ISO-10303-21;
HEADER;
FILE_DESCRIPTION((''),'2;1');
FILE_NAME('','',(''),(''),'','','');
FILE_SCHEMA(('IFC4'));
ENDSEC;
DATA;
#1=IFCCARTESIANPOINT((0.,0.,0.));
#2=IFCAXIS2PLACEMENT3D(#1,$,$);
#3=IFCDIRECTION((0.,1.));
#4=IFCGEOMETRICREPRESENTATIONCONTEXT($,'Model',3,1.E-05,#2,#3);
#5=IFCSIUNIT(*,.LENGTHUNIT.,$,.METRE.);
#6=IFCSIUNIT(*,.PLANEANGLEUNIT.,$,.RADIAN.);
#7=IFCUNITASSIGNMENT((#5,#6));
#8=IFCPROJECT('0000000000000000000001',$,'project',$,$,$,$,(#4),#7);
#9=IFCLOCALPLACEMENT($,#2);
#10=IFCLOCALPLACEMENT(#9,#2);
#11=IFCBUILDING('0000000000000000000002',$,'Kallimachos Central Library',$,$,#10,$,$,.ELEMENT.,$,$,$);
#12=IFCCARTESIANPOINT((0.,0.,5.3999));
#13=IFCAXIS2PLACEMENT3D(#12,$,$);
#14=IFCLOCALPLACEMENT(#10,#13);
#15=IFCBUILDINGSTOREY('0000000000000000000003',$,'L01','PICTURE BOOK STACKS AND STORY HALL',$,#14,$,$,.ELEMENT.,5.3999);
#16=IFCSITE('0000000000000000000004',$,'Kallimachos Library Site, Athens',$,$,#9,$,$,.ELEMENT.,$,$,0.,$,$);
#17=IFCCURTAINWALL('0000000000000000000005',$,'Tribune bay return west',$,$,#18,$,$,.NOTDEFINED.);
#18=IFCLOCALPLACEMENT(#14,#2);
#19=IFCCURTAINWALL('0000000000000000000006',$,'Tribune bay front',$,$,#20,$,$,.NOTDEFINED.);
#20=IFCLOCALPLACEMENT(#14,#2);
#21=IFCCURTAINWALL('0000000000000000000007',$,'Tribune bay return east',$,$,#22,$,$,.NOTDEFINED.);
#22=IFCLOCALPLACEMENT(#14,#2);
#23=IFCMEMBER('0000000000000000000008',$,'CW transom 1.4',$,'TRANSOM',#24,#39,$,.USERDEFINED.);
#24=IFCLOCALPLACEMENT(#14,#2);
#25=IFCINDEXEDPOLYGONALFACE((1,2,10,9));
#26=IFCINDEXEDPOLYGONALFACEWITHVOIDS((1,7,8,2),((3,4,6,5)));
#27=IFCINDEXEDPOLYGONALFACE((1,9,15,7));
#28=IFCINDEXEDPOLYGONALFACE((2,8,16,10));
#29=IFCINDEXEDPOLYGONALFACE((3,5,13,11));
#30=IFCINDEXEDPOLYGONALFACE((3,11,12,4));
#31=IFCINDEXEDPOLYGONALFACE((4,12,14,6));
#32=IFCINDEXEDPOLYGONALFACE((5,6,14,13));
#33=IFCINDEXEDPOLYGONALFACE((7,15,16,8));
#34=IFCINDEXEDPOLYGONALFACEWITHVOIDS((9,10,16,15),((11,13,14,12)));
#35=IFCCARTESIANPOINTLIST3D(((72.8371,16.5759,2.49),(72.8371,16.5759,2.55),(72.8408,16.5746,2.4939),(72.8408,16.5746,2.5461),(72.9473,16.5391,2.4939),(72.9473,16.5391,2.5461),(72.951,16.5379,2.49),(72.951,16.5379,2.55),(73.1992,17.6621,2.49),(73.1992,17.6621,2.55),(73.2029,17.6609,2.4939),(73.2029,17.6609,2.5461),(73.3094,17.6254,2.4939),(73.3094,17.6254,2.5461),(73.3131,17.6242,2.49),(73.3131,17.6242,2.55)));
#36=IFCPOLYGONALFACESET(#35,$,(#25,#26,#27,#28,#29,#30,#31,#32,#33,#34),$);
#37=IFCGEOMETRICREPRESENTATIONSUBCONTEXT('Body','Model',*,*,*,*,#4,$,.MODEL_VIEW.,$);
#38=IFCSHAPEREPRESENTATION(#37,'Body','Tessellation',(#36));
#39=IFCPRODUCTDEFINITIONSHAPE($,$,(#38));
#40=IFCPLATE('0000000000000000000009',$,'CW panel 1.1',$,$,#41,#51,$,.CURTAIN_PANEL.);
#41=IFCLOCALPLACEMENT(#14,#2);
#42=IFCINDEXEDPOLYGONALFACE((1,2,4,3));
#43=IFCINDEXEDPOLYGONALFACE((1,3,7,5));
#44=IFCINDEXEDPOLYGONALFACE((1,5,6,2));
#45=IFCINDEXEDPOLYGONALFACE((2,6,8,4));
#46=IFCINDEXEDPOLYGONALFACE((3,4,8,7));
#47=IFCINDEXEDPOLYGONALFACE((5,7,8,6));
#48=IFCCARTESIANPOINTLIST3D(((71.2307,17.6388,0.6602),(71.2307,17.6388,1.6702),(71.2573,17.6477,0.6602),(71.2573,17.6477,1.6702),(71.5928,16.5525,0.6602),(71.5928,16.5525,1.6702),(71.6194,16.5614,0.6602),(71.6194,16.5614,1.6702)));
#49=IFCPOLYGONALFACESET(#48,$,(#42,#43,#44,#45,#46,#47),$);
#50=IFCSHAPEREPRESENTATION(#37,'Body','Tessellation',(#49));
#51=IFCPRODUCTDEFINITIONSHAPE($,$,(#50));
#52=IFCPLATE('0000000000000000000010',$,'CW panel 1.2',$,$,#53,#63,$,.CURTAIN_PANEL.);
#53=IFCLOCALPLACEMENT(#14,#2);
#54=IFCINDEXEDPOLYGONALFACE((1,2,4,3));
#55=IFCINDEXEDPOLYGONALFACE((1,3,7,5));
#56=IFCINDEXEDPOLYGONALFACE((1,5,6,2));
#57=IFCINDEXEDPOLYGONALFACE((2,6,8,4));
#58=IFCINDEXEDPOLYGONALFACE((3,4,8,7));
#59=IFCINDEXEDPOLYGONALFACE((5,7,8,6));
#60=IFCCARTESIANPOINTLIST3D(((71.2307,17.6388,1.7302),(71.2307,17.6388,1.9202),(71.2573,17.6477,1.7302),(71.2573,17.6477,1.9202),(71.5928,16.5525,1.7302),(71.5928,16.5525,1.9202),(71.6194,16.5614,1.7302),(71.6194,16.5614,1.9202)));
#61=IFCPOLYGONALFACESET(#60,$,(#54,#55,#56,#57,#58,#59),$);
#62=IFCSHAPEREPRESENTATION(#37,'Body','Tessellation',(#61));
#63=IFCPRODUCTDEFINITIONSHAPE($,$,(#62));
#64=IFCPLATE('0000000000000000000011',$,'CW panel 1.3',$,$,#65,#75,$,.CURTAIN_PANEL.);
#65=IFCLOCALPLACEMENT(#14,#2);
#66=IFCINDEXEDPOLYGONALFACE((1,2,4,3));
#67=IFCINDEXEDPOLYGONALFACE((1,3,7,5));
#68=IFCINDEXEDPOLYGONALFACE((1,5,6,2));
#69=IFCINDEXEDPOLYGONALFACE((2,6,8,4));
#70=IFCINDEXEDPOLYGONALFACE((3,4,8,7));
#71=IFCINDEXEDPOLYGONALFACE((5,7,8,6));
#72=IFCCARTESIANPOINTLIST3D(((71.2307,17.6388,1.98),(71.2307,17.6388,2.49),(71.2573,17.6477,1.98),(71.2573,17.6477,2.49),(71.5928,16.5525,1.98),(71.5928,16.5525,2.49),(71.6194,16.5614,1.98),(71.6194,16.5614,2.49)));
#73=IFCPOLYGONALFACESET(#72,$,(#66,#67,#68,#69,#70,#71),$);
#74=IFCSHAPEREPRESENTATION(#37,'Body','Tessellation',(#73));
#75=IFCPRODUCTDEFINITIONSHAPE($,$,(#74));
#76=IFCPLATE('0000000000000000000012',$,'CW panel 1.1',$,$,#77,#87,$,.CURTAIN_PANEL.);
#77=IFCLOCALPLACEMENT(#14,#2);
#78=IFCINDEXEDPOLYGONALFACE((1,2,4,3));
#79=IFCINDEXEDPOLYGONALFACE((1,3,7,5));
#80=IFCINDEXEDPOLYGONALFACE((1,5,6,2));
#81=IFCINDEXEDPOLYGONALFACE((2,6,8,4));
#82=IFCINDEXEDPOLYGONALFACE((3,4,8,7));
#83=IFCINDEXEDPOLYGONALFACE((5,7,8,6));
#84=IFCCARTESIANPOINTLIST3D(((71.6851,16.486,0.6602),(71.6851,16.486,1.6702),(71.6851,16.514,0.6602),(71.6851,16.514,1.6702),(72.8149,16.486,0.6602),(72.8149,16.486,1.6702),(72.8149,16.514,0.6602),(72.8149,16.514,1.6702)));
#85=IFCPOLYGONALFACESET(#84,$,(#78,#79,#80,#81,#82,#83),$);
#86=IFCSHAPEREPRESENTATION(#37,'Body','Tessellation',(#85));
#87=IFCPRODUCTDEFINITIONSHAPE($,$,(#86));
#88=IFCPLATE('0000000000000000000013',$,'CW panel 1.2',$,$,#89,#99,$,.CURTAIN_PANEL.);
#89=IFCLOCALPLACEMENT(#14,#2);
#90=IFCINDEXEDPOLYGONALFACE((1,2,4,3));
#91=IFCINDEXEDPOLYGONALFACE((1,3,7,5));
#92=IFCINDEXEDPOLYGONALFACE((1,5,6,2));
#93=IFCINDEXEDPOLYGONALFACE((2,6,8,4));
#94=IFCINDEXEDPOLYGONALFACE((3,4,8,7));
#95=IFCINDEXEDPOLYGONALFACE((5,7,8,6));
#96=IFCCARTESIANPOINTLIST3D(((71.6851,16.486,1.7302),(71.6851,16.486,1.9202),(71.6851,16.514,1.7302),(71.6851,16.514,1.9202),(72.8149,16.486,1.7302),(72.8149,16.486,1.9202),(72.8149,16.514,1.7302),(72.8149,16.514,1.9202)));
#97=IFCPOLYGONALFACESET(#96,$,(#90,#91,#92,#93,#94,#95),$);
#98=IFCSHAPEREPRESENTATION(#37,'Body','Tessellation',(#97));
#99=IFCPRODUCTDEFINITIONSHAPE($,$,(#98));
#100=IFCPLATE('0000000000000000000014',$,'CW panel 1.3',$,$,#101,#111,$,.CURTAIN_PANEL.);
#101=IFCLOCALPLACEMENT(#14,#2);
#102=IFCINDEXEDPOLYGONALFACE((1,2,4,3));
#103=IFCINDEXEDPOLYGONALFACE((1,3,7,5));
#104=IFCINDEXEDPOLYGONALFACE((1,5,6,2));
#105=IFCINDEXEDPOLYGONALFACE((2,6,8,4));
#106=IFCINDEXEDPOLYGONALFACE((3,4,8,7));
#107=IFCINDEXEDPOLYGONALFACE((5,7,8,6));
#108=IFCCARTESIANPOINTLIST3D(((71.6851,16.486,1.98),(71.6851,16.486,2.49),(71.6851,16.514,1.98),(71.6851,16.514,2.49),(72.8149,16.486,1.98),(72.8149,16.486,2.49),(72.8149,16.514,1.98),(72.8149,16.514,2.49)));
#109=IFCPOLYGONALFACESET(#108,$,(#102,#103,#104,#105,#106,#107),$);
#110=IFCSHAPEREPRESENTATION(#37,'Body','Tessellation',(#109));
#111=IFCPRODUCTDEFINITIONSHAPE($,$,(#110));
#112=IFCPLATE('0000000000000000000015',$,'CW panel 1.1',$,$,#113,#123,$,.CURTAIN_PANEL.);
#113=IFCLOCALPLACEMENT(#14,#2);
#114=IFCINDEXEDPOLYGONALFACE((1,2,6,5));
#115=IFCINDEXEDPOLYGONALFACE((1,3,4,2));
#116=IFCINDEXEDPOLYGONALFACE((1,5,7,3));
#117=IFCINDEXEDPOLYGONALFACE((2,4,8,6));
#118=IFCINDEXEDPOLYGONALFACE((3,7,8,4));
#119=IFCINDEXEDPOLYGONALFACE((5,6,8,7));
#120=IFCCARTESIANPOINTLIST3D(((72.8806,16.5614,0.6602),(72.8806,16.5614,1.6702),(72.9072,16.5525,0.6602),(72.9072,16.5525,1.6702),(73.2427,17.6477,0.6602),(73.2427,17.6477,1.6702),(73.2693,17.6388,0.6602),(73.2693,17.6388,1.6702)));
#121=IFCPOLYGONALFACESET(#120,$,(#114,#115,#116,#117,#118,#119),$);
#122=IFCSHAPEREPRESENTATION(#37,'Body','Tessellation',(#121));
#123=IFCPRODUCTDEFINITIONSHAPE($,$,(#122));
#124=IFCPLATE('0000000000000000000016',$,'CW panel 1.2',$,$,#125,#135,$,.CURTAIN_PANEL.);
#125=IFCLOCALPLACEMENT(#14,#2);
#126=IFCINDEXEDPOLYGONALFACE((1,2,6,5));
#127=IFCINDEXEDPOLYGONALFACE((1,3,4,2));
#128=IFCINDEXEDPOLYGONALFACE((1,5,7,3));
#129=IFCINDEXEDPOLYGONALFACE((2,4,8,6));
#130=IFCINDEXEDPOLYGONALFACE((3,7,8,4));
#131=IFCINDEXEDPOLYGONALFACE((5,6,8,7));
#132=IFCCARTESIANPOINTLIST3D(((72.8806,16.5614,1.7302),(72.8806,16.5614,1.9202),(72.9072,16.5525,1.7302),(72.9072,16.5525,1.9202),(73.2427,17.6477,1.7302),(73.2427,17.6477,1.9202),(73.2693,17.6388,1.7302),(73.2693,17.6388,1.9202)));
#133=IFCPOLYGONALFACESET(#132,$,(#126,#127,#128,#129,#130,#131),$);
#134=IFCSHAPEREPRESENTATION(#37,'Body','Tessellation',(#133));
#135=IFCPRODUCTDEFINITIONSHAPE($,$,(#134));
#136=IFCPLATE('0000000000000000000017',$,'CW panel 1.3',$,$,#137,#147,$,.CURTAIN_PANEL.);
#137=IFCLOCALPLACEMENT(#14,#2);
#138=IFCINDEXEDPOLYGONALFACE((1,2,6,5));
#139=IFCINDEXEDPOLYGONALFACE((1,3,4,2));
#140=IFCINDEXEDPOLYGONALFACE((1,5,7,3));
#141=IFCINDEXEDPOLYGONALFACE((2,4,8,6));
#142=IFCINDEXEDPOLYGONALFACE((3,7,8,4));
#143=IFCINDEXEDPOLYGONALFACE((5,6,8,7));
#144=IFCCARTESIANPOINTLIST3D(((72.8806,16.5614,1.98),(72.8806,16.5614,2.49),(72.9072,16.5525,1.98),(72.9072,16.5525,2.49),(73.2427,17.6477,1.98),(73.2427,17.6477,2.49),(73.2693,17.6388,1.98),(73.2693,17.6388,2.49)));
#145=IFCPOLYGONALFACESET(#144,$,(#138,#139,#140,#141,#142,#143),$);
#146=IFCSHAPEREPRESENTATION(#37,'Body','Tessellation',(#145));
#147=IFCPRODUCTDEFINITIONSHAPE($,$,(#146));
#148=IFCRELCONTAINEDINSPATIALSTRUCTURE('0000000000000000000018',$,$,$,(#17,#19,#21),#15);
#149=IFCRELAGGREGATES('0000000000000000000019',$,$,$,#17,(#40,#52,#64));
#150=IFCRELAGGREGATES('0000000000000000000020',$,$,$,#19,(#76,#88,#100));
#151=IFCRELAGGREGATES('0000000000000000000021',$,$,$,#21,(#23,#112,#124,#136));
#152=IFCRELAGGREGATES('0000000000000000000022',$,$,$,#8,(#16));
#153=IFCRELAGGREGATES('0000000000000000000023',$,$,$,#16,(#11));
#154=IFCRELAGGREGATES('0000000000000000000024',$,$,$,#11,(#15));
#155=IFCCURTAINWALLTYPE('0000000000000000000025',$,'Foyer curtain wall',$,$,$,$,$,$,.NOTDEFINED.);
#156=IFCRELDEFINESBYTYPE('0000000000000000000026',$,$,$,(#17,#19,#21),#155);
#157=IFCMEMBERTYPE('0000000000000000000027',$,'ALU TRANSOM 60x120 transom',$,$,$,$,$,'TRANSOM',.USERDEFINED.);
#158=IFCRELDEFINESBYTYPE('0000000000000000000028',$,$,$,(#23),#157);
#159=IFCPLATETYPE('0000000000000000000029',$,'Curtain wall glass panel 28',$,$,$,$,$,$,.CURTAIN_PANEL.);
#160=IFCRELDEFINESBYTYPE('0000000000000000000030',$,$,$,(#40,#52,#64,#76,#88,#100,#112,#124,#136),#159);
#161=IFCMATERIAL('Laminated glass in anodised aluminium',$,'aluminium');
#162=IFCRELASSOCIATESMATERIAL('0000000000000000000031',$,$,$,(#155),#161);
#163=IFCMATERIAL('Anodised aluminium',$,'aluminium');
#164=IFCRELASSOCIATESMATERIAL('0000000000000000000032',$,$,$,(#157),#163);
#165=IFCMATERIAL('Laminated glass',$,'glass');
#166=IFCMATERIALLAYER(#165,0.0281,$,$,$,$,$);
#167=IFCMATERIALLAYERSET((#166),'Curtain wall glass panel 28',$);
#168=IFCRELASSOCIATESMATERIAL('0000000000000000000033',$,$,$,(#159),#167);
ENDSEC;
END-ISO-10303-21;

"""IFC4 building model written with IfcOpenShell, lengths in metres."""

from ifc_helpers import new_model, si_unit, direction, frame, origin, origin_2d, place, context, subcontext, project, spatial, rectangle, hollow_rectangle, extrude, material, layer, layer_set, material_profile, profile_set, type_object, element, aggregate, save


model = new_model("IFC4")

# Units and contexts
model_context = context("Model", 3, precision=1e-05, world=origin(), true_north=direction((0.0, 1.0)))
body_context = subcontext(model_context, "Body", "Model", "MODEL_VIEW")
ifc_project = project(units=[si_unit("LENGTHUNIT", "METRE"), si_unit("PLANEANGLEUNIT", "RADIAN")], contexts=[model_context])

# Site, building, storey
site_placement = place(None, origin())
site = spatial("IfcSite", under=ifc_project, at=site_placement, Name="Kallimachos Library Site, Athens", CompositionType="ELEMENT", RefElevation=0.0)
building_placement = place(site_placement, origin())
building = spatial("IfcBuilding", under=site, at=building_placement, Name="Kallimachos Central Library", CompositionType="ELEMENT")
storey_placement = place(building_placement, frame((0.0, 0.0, 5.3999)))
storey = spatial("IfcBuildingStorey", under=building, at=storey_placement, Name="L01", Description="PICTURE BOOK STACKS AND STORY HALL", CompositionType="ELEMENT", Elevation=5.3999)

# Curtain wall
ifc_material_1 = material(Name="Laminated glass in anodised aluminium", Category="aluminium")
curtain_wall_type = type_object("IfcCurtainWallType", Name="Foyer curtain wall", PredefinedType="NOTDEFINED", material=ifc_material_1)
curtain_wall_1_placement = place(storey_placement, origin())
curtain_wall_1 = element("IfcCurtainWall", 1, at=curtain_wall_1_placement, inside=storey, type_object=curtain_wall_type, Name="Tribune bay return west", PredefinedType="NOTDEFINED")

# Curtain wall
curtain_wall_2_placement = place(storey_placement, origin())
curtain_wall_2 = element("IfcCurtainWall", 2, at=curtain_wall_2_placement, inside=storey, type_object=curtain_wall_type, Name="Tribune bay front", PredefinedType="NOTDEFINED")

# Curtain wall
curtain_wall_3_placement = place(storey_placement, origin())
curtain_wall_3 = element("IfcCurtainWall", 3, at=curtain_wall_3_placement, inside=storey, type_object=curtain_wall_type, Name="Tribune bay return east", PredefinedType="NOTDEFINED")

# Member
ifc_material_2 = material(Name="Anodised aluminium", Category="aluminium")
ifc_material_profile_1 = material_profile(ifc_material_2, hollow_rectangle(XDim=0.0601, YDim=0.1201, WallThickness=0.0039, at=origin_2d()), Name="ALU TRANSOM 60x120")
ifc_profile_set_1 = profile_set([ifc_material_profile_1], Name="Anodised aluminium")
member_type_1 = type_object("IfcMemberType", Name="ALU TRANSOM 60x120 transom", ElementType="TRANSOM", PredefinedType="USERDEFINED", material=ifc_profile_set_1)
member_1_placement = place(storey_placement, frame((72.894, 16.5569, 2.52), z_axis=(0.316228, 0.948683, 0.0), x_axis=(0.0, 0.0, 1.0)))
member_1 = element("IfcMember", 4, at=member_1_placement, type_object=member_type_1, Name="CW transom 1.4", ObjectType="TRANSOM", PredefinedType="USERDEFINED", context=body_context, shape_type="SweptSolid", body=[
    extrude(hollow_rectangle(XDim=0.0601, YDim=0.1201, WallThickness=0.0039, at=origin_2d()), origin(), (0.0, 0.0, 1.0), 1.145),
])

# Plates
ifc_material_3 = material(Name="Laminated glass", Category="glass")
ifc_layer = layer(ifc_material_3, 0.0281)
ifc_layer_set = layer_set([ifc_layer], Name="Curtain wall glass panel 28")
plate_type = type_object("IfcPlateType", Name="Curtain wall glass panel 28", PredefinedType="CURTAIN_PANEL", material=ifc_layer_set)
plate_1_placement = place(storey_placement, frame((71.425, 17.1001, 0.6602), z_axis=(0.0, 0.0, 1.0), x_axis=(0.316228, -0.948683, 0.0)))
plate_1 = element("IfcPlate", 5, at=plate_1_placement, type_object=plate_type, Name="CW panel 1.1", PredefinedType="CURTAIN_PANEL", context=body_context, shape_type="SweptSolid", body=[
    extrude(rectangle(XDim=1.145, YDim=0.0281, at=origin_2d()), origin(), (0.0, 0.0, 1.0), 1.01),
])
plate_2_placement = place(storey_placement, frame((71.425, 17.1001, 1.7302), z_axis=(0.0, 0.0, 1.0), x_axis=(0.316228, -0.948683, 0.0)))
plate_2 = element("IfcPlate", 6, at=plate_2_placement, type_object=plate_type, Name="CW panel 1.2", PredefinedType="CURTAIN_PANEL", context=body_context, shape_type="SweptSolid", body=[
    extrude(rectangle(XDim=1.145, YDim=0.0281, at=origin_2d()), origin(), (0.0, 0.0, 1.0), 0.1899),
])
plate_3_placement = place(storey_placement, frame((71.425, 17.1001, 1.98), z_axis=(0.0, 0.0, 1.0), x_axis=(0.316228, -0.948683, 0.0)))
plate_3 = element("IfcPlate", 7, at=plate_3_placement, type_object=plate_type, Name="CW panel 1.3", PredefinedType="CURTAIN_PANEL", context=body_context, shape_type="SweptSolid", body=[
    extrude(rectangle(XDim=1.145, YDim=0.0281, at=origin_2d()), origin(), (0.0, 0.0, 1.0), 0.51),
])
aggregate(curtain_wall_1, [plate_1, plate_2, plate_3])
plate_4_placement = place(storey_placement, frame((72.25, 16.5, 0.6602), z_axis=(0.0, 0.0, 1.0), x_axis=(1.0, 0.0, 0.0)))
plate_4 = element("IfcPlate", 8, at=plate_4_placement, type_object=plate_type, Name="CW panel 1.1", PredefinedType="CURTAIN_PANEL", context=body_context, shape_type="SweptSolid", body=[
    extrude(rectangle(XDim=1.1299, YDim=0.0281, at=origin_2d()), origin(), (0.0, 0.0, 1.0), 1.01),
])
plate_5_placement = place(storey_placement, frame((72.25, 16.5, 1.7302), z_axis=(0.0, 0.0, 1.0), x_axis=(1.0, 0.0, 0.0)))
plate_5 = element("IfcPlate", 9, at=plate_5_placement, type_object=plate_type, Name="CW panel 1.2", PredefinedType="CURTAIN_PANEL", context=body_context, shape_type="SweptSolid", body=[
    extrude(rectangle(XDim=1.1299, YDim=0.0281, at=origin_2d()), origin(), (0.0, 0.0, 1.0), 0.1899),
])
plate_6_placement = place(storey_placement, frame((72.25, 16.5, 1.98), z_axis=(0.0, 0.0, 1.0), x_axis=(1.0, 0.0, 0.0)))
plate_6 = element("IfcPlate", 10, at=plate_6_placement, type_object=plate_type, Name="CW panel 1.3", PredefinedType="CURTAIN_PANEL", context=body_context, shape_type="SweptSolid", body=[
    extrude(rectangle(XDim=1.1299, YDim=0.0281, at=origin_2d()), origin(), (0.0, 0.0, 1.0), 0.51),
])
aggregate(curtain_wall_2, [plate_4, plate_5, plate_6])
plate_7_placement = place(storey_placement, frame((73.075, 17.1001, 0.6602), z_axis=(0.0, 0.0, 1.0), x_axis=(0.316228, 0.948683, 0.0)))
plate_7 = element("IfcPlate", 11, at=plate_7_placement, type_object=plate_type, Name="CW panel 1.1", PredefinedType="CURTAIN_PANEL", context=body_context, shape_type="SweptSolid", body=[
    extrude(rectangle(XDim=1.145, YDim=0.0281, at=origin_2d()), origin(), (0.0, 0.0, 1.0), 1.01),
])
plate_8_placement = place(storey_placement, frame((73.075, 17.1001, 1.7302), z_axis=(0.0, 0.0, 1.0), x_axis=(0.316228, 0.948683, 0.0)))
plate_8 = element("IfcPlate", 12, at=plate_8_placement, type_object=plate_type, Name="CW panel 1.2", PredefinedType="CURTAIN_PANEL", context=body_context, shape_type="SweptSolid", body=[
    extrude(rectangle(XDim=1.145, YDim=0.0281, at=origin_2d()), origin(), (0.0, 0.0, 1.0), 0.1899),
])
plate_9_placement = place(storey_placement, frame((73.075, 17.1001, 1.98), z_axis=(0.0, 0.0, 1.0), x_axis=(0.316228, 0.948683, 0.0)))
plate_9 = element("IfcPlate", 13, at=plate_9_placement, type_object=plate_type, Name="CW panel 1.3", PredefinedType="CURTAIN_PANEL", context=body_context, shape_type="SweptSolid", body=[
    extrude(rectangle(XDim=1.145, YDim=0.0281, at=origin_2d()), origin(), (0.0, 0.0, 1.0), 0.51),
])
aggregate(curtain_wall_3, [member_1, plate_7, plate_8, plate_9])

save(model, "model.ifc")
